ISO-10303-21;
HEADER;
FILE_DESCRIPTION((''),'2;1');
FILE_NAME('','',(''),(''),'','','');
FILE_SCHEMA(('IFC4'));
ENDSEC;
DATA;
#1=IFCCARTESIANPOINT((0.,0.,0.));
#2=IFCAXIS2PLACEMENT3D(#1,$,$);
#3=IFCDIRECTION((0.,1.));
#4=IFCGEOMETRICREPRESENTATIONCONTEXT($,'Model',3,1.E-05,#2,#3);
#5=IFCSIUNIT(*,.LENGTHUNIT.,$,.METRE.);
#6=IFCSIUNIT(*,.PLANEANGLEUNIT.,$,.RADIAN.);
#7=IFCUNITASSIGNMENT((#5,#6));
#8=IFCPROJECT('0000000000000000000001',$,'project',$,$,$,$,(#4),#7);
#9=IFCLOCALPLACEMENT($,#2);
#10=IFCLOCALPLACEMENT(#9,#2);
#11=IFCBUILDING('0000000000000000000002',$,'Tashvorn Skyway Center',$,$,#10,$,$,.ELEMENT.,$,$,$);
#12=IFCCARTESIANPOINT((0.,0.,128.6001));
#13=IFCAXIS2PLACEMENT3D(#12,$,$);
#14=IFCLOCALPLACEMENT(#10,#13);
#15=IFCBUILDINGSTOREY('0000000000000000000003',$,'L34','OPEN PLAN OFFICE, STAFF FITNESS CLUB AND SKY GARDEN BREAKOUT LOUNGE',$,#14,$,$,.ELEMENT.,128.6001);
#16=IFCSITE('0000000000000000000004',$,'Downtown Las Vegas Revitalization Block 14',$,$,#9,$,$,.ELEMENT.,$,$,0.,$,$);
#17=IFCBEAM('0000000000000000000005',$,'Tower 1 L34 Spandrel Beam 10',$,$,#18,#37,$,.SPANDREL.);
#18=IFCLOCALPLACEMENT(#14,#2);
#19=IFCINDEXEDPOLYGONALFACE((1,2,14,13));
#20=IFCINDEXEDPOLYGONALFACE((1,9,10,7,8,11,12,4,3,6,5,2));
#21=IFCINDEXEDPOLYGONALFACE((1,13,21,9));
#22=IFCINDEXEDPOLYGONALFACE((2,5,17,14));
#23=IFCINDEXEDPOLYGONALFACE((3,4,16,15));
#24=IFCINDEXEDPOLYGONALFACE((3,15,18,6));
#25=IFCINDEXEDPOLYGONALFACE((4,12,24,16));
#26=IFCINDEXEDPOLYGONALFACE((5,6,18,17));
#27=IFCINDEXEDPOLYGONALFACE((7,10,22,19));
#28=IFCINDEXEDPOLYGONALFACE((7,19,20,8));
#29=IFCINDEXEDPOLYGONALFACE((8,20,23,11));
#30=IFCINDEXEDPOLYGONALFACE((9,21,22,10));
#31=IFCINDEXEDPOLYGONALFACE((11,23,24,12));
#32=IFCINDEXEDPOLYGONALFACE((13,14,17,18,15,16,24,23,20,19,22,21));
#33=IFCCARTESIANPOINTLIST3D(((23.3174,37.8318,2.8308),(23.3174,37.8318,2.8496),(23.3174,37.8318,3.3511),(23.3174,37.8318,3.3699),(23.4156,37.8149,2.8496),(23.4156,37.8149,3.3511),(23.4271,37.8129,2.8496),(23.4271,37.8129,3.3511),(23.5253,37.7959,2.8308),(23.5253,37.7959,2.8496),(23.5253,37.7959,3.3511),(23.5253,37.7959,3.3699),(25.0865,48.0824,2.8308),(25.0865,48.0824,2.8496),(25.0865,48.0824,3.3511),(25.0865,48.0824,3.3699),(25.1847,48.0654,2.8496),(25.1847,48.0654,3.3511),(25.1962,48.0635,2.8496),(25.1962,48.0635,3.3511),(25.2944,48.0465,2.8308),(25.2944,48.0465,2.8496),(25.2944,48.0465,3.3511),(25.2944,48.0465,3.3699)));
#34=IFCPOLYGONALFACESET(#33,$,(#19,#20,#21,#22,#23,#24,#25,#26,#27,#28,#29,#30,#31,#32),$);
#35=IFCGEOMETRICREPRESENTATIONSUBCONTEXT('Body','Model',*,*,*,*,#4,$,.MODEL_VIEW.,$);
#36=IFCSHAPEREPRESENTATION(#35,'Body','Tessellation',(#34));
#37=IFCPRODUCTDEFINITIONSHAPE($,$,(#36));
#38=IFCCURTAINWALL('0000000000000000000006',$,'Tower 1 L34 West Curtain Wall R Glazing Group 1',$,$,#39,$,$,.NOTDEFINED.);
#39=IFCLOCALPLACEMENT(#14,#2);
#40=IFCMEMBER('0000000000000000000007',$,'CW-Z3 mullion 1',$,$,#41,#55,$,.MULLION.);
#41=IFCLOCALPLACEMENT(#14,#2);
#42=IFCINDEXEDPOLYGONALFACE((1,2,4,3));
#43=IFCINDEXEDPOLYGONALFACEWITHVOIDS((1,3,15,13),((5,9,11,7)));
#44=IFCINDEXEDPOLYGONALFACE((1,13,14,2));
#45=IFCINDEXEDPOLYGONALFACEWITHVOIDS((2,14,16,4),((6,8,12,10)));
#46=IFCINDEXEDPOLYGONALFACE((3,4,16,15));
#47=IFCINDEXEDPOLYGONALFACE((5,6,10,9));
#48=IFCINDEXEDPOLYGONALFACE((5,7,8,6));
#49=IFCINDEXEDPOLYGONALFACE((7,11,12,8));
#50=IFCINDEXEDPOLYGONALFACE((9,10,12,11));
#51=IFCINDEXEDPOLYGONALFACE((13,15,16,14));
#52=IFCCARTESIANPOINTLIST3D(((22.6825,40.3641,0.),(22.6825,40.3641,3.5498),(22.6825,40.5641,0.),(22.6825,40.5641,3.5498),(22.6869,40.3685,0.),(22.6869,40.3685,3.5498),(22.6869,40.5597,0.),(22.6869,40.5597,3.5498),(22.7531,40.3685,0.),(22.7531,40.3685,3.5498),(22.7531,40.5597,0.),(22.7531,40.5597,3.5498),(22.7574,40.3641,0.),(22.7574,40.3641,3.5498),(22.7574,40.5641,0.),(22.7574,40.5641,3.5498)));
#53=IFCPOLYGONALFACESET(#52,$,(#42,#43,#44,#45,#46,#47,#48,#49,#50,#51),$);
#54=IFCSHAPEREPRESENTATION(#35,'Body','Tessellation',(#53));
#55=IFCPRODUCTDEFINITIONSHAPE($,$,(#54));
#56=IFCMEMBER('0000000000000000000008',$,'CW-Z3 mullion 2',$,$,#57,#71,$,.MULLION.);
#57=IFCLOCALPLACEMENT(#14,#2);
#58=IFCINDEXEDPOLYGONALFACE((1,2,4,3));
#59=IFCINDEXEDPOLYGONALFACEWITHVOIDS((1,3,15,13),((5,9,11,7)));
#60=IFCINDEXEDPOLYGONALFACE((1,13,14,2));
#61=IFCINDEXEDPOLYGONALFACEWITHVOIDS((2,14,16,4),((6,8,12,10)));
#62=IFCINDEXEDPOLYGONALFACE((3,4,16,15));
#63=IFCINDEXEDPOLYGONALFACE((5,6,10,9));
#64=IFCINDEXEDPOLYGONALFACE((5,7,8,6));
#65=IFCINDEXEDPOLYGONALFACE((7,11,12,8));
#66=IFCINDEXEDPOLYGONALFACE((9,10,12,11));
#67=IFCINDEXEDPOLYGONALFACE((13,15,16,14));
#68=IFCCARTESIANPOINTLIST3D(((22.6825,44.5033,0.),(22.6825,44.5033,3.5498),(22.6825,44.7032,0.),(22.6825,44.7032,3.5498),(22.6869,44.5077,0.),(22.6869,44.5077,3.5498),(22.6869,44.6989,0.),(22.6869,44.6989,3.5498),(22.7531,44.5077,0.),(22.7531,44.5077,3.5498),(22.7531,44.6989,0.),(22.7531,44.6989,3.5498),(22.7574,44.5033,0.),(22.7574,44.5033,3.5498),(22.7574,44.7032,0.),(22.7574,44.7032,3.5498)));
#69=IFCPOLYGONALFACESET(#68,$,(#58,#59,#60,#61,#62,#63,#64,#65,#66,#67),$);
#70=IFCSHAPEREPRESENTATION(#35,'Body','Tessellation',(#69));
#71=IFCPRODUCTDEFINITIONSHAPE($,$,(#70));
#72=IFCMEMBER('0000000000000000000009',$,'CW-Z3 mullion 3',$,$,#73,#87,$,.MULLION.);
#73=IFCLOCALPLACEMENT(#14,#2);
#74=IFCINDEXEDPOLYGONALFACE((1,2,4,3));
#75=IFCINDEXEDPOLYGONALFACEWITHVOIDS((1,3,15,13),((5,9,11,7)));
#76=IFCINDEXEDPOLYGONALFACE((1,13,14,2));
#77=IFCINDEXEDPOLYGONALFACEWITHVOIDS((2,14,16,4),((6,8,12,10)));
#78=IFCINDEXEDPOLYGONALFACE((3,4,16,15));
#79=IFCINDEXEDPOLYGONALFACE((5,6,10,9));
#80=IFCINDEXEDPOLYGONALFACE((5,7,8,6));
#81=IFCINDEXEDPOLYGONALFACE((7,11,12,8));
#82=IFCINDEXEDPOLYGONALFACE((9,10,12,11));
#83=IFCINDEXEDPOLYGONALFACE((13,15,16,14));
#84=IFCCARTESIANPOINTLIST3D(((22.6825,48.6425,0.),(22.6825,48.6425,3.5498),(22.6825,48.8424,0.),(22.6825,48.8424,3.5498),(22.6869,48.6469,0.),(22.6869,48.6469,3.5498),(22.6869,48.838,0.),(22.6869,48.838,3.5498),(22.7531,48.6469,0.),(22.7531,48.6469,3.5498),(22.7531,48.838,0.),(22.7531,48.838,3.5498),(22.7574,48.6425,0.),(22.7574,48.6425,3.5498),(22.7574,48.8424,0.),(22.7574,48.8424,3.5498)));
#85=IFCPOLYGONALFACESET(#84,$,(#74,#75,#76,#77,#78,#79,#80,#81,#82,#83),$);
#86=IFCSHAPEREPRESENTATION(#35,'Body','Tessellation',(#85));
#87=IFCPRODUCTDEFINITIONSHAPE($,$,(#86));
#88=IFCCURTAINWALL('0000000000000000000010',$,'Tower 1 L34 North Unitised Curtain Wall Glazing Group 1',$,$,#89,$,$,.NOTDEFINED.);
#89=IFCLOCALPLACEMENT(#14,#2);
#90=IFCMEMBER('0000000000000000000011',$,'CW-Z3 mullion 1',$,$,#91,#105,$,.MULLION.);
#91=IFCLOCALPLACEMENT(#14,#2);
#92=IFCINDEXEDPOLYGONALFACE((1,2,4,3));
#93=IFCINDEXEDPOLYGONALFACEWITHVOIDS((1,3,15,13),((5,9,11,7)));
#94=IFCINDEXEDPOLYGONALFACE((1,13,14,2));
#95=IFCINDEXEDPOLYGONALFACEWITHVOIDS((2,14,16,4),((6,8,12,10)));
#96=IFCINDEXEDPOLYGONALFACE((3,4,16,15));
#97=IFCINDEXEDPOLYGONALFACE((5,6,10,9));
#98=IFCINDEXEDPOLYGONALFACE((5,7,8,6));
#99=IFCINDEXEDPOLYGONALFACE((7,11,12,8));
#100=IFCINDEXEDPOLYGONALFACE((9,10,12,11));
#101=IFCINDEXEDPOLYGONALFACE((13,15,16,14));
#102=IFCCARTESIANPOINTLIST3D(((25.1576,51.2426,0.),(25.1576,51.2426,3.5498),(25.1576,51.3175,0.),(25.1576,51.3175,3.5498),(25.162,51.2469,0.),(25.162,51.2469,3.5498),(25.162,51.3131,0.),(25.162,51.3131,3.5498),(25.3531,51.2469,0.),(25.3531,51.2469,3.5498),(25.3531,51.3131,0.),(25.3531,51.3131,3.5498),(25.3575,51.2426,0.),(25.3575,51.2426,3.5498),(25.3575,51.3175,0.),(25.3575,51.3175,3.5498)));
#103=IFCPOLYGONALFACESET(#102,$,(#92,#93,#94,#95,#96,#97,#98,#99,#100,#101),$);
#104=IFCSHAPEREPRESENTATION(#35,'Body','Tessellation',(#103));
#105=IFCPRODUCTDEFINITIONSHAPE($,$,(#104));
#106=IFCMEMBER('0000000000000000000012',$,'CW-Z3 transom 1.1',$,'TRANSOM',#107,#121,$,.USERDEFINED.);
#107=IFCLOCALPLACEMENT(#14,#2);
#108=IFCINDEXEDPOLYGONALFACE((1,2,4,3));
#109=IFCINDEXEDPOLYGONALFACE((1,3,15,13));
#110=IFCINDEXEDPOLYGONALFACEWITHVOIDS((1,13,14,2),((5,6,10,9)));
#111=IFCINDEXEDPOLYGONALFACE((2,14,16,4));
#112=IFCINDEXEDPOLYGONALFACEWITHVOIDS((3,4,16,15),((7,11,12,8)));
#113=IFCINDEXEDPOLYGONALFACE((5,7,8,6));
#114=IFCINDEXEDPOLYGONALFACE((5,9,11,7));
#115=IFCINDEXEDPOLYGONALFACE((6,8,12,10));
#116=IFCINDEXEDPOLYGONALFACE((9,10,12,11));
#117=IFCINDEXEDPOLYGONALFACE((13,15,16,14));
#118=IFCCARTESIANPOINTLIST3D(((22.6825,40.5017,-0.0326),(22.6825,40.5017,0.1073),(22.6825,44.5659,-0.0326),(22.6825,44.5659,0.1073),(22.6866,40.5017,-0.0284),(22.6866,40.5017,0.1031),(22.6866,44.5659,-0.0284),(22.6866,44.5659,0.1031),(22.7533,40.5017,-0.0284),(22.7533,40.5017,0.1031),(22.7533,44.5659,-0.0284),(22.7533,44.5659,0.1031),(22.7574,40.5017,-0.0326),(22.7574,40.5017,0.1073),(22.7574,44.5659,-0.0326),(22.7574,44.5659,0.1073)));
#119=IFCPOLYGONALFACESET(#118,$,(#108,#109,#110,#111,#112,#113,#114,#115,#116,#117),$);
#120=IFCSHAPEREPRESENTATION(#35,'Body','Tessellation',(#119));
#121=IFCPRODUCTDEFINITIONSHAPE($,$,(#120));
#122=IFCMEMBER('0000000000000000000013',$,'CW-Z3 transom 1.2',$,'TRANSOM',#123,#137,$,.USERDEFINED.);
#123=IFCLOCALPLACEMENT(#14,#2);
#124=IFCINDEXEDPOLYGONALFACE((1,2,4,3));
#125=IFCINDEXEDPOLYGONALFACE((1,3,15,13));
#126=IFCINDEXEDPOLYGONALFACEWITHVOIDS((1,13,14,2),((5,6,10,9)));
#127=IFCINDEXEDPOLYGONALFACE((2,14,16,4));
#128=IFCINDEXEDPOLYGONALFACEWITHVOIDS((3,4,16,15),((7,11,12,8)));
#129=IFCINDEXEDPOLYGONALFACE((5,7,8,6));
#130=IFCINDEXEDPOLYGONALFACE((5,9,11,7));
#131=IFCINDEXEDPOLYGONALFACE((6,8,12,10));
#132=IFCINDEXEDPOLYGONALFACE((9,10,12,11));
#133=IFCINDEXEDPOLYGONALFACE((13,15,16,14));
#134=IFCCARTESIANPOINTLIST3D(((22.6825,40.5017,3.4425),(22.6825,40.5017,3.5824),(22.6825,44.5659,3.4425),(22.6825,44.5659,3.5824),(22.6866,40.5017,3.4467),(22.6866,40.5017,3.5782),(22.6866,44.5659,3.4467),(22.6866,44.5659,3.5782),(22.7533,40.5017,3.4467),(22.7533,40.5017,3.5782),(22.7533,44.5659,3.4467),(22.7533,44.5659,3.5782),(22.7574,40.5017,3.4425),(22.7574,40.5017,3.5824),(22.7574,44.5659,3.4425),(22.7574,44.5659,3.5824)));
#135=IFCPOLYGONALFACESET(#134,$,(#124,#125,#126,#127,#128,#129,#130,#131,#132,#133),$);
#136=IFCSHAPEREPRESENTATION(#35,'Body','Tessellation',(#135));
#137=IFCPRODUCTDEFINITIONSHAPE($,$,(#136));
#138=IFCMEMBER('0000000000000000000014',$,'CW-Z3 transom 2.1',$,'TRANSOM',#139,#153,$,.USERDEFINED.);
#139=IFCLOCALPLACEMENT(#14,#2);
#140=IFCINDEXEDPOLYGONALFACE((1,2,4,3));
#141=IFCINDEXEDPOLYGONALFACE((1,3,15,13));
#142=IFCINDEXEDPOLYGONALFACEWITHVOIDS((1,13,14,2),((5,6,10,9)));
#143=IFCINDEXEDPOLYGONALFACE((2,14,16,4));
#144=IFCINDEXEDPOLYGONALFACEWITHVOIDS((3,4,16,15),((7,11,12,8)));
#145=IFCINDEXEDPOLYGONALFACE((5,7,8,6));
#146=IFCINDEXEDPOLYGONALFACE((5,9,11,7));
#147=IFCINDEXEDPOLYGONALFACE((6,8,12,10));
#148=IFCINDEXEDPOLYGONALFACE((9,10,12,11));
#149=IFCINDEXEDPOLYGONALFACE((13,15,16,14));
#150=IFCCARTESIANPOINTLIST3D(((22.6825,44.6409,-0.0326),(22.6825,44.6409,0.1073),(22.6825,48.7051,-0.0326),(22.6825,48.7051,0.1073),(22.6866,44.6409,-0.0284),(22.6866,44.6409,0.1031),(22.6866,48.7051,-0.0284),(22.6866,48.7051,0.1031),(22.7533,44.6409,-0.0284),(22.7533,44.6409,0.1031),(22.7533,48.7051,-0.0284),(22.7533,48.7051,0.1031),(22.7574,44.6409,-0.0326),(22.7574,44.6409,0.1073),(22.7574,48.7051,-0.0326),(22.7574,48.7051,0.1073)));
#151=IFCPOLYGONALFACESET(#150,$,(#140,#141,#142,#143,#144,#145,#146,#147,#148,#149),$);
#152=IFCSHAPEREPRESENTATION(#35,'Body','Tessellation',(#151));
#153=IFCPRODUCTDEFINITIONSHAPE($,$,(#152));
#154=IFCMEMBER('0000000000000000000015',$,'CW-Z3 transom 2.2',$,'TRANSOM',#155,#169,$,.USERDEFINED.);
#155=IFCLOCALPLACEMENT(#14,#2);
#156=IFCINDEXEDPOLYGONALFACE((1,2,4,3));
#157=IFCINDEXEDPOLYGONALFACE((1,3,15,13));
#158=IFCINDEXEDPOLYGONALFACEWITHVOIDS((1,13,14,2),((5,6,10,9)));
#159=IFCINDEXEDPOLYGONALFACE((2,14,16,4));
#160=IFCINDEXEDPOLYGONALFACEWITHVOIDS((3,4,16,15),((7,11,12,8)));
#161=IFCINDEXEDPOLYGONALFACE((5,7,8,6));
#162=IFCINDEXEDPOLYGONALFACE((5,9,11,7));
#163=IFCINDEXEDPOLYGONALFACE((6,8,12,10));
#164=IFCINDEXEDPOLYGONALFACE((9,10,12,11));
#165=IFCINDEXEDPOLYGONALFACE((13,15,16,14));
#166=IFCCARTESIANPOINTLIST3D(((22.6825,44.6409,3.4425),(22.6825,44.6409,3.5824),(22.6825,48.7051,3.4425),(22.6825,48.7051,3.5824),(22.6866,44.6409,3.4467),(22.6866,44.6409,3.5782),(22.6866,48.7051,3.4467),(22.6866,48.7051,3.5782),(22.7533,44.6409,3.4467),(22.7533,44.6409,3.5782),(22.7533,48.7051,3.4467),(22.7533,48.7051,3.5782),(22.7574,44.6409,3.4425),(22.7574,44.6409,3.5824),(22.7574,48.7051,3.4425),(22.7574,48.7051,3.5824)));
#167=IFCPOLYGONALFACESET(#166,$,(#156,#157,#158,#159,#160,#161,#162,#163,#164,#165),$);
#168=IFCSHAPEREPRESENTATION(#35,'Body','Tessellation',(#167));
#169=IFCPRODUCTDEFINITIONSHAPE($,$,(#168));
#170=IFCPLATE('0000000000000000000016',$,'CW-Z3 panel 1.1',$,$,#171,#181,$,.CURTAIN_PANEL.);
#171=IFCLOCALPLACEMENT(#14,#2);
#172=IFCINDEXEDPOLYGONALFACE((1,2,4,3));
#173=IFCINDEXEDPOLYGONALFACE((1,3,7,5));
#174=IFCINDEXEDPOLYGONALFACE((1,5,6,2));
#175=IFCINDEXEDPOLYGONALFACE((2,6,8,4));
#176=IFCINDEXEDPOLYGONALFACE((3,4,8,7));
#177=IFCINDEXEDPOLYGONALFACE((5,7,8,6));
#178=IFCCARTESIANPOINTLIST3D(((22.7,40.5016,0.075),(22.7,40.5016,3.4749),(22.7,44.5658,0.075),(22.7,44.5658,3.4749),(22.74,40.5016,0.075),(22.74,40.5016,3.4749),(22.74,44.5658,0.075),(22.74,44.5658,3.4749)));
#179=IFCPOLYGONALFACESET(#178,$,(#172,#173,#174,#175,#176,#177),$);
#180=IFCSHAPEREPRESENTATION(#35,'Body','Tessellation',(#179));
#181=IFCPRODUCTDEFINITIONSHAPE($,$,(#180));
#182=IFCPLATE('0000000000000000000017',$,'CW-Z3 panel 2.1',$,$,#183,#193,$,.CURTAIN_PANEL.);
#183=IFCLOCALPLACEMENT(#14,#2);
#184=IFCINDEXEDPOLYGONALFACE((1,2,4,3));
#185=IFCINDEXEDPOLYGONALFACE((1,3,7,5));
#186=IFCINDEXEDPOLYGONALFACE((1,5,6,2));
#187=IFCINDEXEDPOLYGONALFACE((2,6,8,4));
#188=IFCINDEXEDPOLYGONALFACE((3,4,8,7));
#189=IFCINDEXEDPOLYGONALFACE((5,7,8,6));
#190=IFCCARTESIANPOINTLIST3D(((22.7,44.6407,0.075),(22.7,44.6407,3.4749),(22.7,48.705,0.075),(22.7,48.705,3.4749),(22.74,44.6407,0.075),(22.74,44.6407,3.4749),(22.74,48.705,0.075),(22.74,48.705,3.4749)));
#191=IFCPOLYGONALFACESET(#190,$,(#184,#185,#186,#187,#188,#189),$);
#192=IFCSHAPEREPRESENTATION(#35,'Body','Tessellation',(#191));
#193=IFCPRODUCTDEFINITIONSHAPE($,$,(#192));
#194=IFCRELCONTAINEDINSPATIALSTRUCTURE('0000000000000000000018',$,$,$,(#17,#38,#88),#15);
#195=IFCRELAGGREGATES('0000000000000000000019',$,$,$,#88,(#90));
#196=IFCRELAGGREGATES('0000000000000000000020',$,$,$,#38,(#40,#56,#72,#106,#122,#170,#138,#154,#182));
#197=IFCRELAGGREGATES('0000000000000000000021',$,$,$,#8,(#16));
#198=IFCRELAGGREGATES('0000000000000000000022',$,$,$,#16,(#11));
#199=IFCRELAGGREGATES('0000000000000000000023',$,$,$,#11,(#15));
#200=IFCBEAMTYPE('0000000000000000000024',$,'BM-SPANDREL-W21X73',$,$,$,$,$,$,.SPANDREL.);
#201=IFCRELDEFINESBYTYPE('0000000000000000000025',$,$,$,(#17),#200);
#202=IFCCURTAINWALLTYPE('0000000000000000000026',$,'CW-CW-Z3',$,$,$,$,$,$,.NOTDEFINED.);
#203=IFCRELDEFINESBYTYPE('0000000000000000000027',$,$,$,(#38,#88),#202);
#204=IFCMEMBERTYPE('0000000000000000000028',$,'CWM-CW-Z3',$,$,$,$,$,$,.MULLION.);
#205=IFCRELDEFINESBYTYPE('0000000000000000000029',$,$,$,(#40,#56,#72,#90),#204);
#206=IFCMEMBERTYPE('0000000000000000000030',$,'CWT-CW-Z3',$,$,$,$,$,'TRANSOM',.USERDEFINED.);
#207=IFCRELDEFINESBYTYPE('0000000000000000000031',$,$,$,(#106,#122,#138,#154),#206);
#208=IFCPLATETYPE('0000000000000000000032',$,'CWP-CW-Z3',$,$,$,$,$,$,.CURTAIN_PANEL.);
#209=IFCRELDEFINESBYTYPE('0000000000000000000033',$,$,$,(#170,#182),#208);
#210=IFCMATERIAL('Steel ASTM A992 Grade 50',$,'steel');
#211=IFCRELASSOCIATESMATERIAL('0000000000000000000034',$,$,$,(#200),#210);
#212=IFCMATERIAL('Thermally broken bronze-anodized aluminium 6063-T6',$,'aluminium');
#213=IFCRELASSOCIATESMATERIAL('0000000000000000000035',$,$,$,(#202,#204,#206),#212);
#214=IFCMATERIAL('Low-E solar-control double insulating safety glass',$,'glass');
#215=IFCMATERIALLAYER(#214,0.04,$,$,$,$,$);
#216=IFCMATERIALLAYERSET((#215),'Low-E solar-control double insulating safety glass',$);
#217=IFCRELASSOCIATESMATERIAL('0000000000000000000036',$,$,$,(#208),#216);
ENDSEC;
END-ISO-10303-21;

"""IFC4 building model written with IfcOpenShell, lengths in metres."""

from ifc_helpers import new_model, si_unit, direction, frame, origin, origin_2d, place, context, subcontext, project, spatial, rectangle, hollow_rectangle, i_section, extrude, material, layer, layer_set, material_profile, profile_set, type_object, element, aggregate, save


model = new_model("IFC4")

# Units and contexts
model_context = context("Model", 3, precision=1e-05, world=origin(), true_north=direction((0.0, 1.0)))
body_context = subcontext(model_context, "Body", "Model", "MODEL_VIEW")
ifc_project = project(units=[si_unit("LENGTHUNIT", "METRE"), si_unit("PLANEANGLEUNIT", "RADIAN")], contexts=[model_context])

# Site, building, storey
site_placement = place(None, origin())
site = spatial("IfcSite", under=ifc_project, at=site_placement, Name="Downtown Las Vegas Revitalization Block 14", CompositionType="ELEMENT", RefElevation=0.0)
building_placement = place(site_placement, origin())
building = spatial("IfcBuilding", under=site, at=building_placement, Name="Tashvorn Skyway Center", CompositionType="ELEMENT")
storey_placement = place(building_placement, frame((0.0, 0.0, 128.6001)))
storey = spatial("IfcBuildingStorey", under=building, at=storey_placement, Name="L34", Description="OPEN PLAN OFFICE, STAFF FITNESS CLUB AND SKY GARDEN BREAKOUT LOUNGE", CompositionType="ELEMENT", Elevation=128.6001)

# Beam
ifc_material_1 = material(Name="Steel ASTM A992 Grade 50", Category="steel")
ifc_material_profile_1 = material_profile(ifc_material_1, i_section(OverallWidth=0.2109, OverallDepth=0.5391, WebThickness=0.0117, FlangeThickness=0.0188, at=origin_2d()), Name="W21X73")
ifc_profile_set_1 = profile_set([ifc_material_profile_1], Name="Steel ASTM A992 Grade 50")
beam_type = type_object("IfcBeamType", Name="BM-SPANDREL-W21X73", PredefinedType="SPANDREL", material=ifc_profile_set_1)
beam_placement = place(storey_placement, frame((25.1904, 48.0645, 3.1003), z_axis=(-0.170067, -0.985432, 0.0), x_axis=(0.985432, -0.170067, 0.0)))
element("IfcBeam", 1, at=beam_placement, inside=storey, type_object=beam_type, Name="Tower 1 L34 Spandrel Beam 10", PredefinedType="SPANDREL", context=body_context, shape_type="SweptSolid", body=[
    extrude(i_section(OverallWidth=0.2109, OverallDepth=0.5391, WebThickness=0.0117, FlangeThickness=0.0188, at=origin_2d()), origin(), (0.0, 0.0, 1.0), 10.4021),
])

# Curtain wall, members
ifc_material_2 = material(Name="Thermally broken bronze-anodized aluminium 6063-T6", Category="aluminium")
curtain_wall_type = type_object("IfcCurtainWallType", Name="CW-CW-Z3", PredefinedType="NOTDEFINED", material=ifc_material_2)
curtain_wall_1_placement = place(storey_placement, origin())
curtain_wall_1 = element("IfcCurtainWall", 2, at=curtain_wall_1_placement, inside=storey, type_object=curtain_wall_type, Name="Tower 1 L34 West Curtain Wall R Glazing Group 1", PredefinedType="NOTDEFINED")
ifc_material_profile_2 = material_profile(ifc_material_2, hollow_rectangle(XDim=0.075, YDim=0.2, WallThickness=0.0044, at=origin_2d()), Name="ALU-MULL-75x200")
ifc_profile_set_2 = profile_set([ifc_material_profile_2], Name="Thermally broken bronze-anodized aluminium 6063-T6")
member_type_1 = type_object("IfcMemberType", Name="CWM-CW-Z3", PredefinedType="MULLION", material=ifc_profile_set_2)
member_1_placement = place(storey_placement, frame((22.72, 40.4641, 0.0), z_axis=(0.0, 0.0, 1.0), x_axis=(-1.0, 0.0, 0.0)))
member_1 = element("IfcMember", 3, at=member_1_placement, type_object=member_type_1, Name="CW-Z3 mullion 1", PredefinedType="MULLION", context=body_context, shape_type="SweptSolid", body=[
    extrude(hollow_rectangle(XDim=0.075, YDim=0.2, WallThickness=0.0044, at=origin_2d()), origin(), (0.0, 0.0, 1.0), 3.5498),
])
member_2_placement = place(storey_placement, frame((22.72, 44.6033, 0.0), z_axis=(0.0, 0.0, 1.0), x_axis=(-1.0, 0.0, 0.0)))
member_2 = element("IfcMember", 4, at=member_2_placement, type_object=member_type_1, Name="CW-Z3 mullion 2", PredefinedType="MULLION", context=body_context, shape_type="SweptSolid", body=[
    extrude(hollow_rectangle(XDim=0.075, YDim=0.2, WallThickness=0.0044, at=origin_2d()), origin(), (0.0, 0.0, 1.0), 3.5498),
])
member_3_placement = place(storey_placement, frame((22.72, 48.7424, 0.0), z_axis=(0.0, 0.0, 1.0), x_axis=(-1.0, 0.0, 0.0)))
member_3 = element("IfcMember", 5, at=member_3_placement, type_object=member_type_1, Name="CW-Z3 mullion 3", PredefinedType="MULLION", context=body_context, shape_type="SweptSolid", body=[
    extrude(hollow_rectangle(XDim=0.075, YDim=0.2, WallThickness=0.0044, at=origin_2d()), origin(), (0.0, 0.0, 1.0), 3.5498),
])

# Curtain wall, member
curtain_wall_2_placement = place(storey_placement, origin())
curtain_wall_2 = element("IfcCurtainWall", 6, at=curtain_wall_2_placement, inside=storey, type_object=curtain_wall_type, Name="Tower 1 L34 North Unitised Curtain Wall Glazing Group 1", PredefinedType="NOTDEFINED")
member_4_placement = place(storey_placement, frame((25.2576, 51.28, 0.0), z_axis=(0.0, 0.0, 1.0), x_axis=(0.0, 1.0, 0.0)))
member_4 = element("IfcMember", 7, at=member_4_placement, type_object=member_type_1, Name="CW-Z3 mullion 1", PredefinedType="MULLION", context=body_context, shape_type="SweptSolid", body=[
    extrude(hollow_rectangle(XDim=0.075, YDim=0.2, WallThickness=0.0044, at=origin_2d()), origin(), (0.0, 0.0, 1.0), 3.5498),
])
aggregate(curtain_wall_2, [member_4])

# Members
ifc_material_profile_3 = material_profile(ifc_material_2, hollow_rectangle(XDim=0.075, YDim=0.1399, WallThickness=0.0042, at=origin_2d()), Name="ALU-TRAN-75x140")
ifc_profile_set_3 = profile_set([ifc_material_profile_3], Name="Thermally broken bronze-anodized aluminium 6063-T6")
member_type_2 = type_object("IfcMemberType", Name="CWT-CW-Z3", ElementType="TRANSOM", PredefinedType="USERDEFINED", material=ifc_profile_set_3)
member_5_placement = place(storey_placement, frame((22.72, 40.5017, 0.0374), z_axis=(0.0, 1.0, 0.0), x_axis=(-1.0, 0.0, 0.0)))
member_5 = element("IfcMember", 8, at=member_5_placement, type_object=member_type_2, Name="CW-Z3 transom 1.1", ObjectType="TRANSOM", PredefinedType="USERDEFINED", context=body_context, shape_type="SweptSolid", body=[
    extrude(hollow_rectangle(XDim=0.075, YDim=0.1399, WallThickness=0.0042, at=origin_2d()), origin(), (0.0, 0.0, 1.0), 4.0642),
])
member_6_placement = place(storey_placement, frame((22.72, 40.5017, 3.5125), z_axis=(0.0, 1.0, 0.0), x_axis=(-1.0, 0.0, 0.0)))
member_6 = element("IfcMember", 9, at=member_6_placement, type_object=member_type_2, Name="CW-Z3 transom 1.2", ObjectType="TRANSOM", PredefinedType="USERDEFINED", context=body_context, shape_type="SweptSolid", body=[
    extrude(hollow_rectangle(XDim=0.075, YDim=0.1399, WallThickness=0.0042, at=origin_2d()), origin(), (0.0, 0.0, 1.0), 4.0642),
])
member_7_placement = place(storey_placement, frame((22.72, 44.6409, 0.0374), z_axis=(0.0, 1.0, 0.0), x_axis=(-1.0, 0.0, 0.0)))
member_7 = element("IfcMember", 10, at=member_7_placement, type_object=member_type_2, Name="CW-Z3 transom 2.1", ObjectType="TRANSOM", PredefinedType="USERDEFINED", context=body_context, shape_type="SweptSolid", body=[
    extrude(hollow_rectangle(XDim=0.075, YDim=0.1399, WallThickness=0.0042, at=origin_2d()), origin(), (0.0, 0.0, 1.0), 4.0642),
])
member_8_placement = place(storey_placement, frame((22.72, 44.6409, 3.5125), z_axis=(0.0, 1.0, 0.0), x_axis=(-1.0, 0.0, 0.0)))
member_8 = element("IfcMember", 11, at=member_8_placement, type_object=member_type_2, Name="CW-Z3 transom 2.2", ObjectType="TRANSOM", PredefinedType="USERDEFINED", context=body_context, shape_type="SweptSolid", body=[
    extrude(hollow_rectangle(XDim=0.075, YDim=0.1399, WallThickness=0.0042, at=origin_2d()), origin(), (0.0, 0.0, 1.0), 4.0642),
])

# Plates
ifc_material_3 = material(Name="Low-E solar-control double insulating safety glass", Category="glass")
ifc_layer_1 = layer(ifc_material_3, 0.04)
ifc_layer_set_1 = layer_set([ifc_layer_1], Name="Low-E solar-control double insulating safety glass")
plate_type = type_object("IfcPlateType", Name="CWP-CW-Z3", PredefinedType="CURTAIN_PANEL", material=ifc_layer_set_1)
plate_1_placement = place(storey_placement, frame((22.72, 42.5337, 0.075), z_axis=(0.0, 0.0, 1.0), x_axis=(0.0, 1.0, 0.0)))
plate_1 = element("IfcPlate", 12, at=plate_1_placement, type_object=plate_type, Name="CW-Z3 panel 1.1", PredefinedType="CURTAIN_PANEL", context=body_context, shape_type="SweptSolid", body=[
    extrude(rectangle(XDim=4.0642, YDim=0.04, at=origin_2d()), origin(), (0.0, 0.0, 1.0), 3.3999),
])
plate_2_placement = place(storey_placement, frame((22.72, 46.6729, 0.075), z_axis=(0.0, 0.0, 1.0), x_axis=(0.0, 1.0, 0.0)))
plate_2 = element("IfcPlate", 13, at=plate_2_placement, type_object=plate_type, Name="CW-Z3 panel 2.1", PredefinedType="CURTAIN_PANEL", context=body_context, shape_type="SweptSolid", body=[
    extrude(rectangle(XDim=4.0642, YDim=0.04, at=origin_2d()), origin(), (0.0, 0.0, 1.0), 3.3999),
])
aggregate(curtain_wall_1, [member_1, member_2, member_3, member_5, member_6, plate_1, member_7, member_8, plate_2])

save(model, "model.ifc")
